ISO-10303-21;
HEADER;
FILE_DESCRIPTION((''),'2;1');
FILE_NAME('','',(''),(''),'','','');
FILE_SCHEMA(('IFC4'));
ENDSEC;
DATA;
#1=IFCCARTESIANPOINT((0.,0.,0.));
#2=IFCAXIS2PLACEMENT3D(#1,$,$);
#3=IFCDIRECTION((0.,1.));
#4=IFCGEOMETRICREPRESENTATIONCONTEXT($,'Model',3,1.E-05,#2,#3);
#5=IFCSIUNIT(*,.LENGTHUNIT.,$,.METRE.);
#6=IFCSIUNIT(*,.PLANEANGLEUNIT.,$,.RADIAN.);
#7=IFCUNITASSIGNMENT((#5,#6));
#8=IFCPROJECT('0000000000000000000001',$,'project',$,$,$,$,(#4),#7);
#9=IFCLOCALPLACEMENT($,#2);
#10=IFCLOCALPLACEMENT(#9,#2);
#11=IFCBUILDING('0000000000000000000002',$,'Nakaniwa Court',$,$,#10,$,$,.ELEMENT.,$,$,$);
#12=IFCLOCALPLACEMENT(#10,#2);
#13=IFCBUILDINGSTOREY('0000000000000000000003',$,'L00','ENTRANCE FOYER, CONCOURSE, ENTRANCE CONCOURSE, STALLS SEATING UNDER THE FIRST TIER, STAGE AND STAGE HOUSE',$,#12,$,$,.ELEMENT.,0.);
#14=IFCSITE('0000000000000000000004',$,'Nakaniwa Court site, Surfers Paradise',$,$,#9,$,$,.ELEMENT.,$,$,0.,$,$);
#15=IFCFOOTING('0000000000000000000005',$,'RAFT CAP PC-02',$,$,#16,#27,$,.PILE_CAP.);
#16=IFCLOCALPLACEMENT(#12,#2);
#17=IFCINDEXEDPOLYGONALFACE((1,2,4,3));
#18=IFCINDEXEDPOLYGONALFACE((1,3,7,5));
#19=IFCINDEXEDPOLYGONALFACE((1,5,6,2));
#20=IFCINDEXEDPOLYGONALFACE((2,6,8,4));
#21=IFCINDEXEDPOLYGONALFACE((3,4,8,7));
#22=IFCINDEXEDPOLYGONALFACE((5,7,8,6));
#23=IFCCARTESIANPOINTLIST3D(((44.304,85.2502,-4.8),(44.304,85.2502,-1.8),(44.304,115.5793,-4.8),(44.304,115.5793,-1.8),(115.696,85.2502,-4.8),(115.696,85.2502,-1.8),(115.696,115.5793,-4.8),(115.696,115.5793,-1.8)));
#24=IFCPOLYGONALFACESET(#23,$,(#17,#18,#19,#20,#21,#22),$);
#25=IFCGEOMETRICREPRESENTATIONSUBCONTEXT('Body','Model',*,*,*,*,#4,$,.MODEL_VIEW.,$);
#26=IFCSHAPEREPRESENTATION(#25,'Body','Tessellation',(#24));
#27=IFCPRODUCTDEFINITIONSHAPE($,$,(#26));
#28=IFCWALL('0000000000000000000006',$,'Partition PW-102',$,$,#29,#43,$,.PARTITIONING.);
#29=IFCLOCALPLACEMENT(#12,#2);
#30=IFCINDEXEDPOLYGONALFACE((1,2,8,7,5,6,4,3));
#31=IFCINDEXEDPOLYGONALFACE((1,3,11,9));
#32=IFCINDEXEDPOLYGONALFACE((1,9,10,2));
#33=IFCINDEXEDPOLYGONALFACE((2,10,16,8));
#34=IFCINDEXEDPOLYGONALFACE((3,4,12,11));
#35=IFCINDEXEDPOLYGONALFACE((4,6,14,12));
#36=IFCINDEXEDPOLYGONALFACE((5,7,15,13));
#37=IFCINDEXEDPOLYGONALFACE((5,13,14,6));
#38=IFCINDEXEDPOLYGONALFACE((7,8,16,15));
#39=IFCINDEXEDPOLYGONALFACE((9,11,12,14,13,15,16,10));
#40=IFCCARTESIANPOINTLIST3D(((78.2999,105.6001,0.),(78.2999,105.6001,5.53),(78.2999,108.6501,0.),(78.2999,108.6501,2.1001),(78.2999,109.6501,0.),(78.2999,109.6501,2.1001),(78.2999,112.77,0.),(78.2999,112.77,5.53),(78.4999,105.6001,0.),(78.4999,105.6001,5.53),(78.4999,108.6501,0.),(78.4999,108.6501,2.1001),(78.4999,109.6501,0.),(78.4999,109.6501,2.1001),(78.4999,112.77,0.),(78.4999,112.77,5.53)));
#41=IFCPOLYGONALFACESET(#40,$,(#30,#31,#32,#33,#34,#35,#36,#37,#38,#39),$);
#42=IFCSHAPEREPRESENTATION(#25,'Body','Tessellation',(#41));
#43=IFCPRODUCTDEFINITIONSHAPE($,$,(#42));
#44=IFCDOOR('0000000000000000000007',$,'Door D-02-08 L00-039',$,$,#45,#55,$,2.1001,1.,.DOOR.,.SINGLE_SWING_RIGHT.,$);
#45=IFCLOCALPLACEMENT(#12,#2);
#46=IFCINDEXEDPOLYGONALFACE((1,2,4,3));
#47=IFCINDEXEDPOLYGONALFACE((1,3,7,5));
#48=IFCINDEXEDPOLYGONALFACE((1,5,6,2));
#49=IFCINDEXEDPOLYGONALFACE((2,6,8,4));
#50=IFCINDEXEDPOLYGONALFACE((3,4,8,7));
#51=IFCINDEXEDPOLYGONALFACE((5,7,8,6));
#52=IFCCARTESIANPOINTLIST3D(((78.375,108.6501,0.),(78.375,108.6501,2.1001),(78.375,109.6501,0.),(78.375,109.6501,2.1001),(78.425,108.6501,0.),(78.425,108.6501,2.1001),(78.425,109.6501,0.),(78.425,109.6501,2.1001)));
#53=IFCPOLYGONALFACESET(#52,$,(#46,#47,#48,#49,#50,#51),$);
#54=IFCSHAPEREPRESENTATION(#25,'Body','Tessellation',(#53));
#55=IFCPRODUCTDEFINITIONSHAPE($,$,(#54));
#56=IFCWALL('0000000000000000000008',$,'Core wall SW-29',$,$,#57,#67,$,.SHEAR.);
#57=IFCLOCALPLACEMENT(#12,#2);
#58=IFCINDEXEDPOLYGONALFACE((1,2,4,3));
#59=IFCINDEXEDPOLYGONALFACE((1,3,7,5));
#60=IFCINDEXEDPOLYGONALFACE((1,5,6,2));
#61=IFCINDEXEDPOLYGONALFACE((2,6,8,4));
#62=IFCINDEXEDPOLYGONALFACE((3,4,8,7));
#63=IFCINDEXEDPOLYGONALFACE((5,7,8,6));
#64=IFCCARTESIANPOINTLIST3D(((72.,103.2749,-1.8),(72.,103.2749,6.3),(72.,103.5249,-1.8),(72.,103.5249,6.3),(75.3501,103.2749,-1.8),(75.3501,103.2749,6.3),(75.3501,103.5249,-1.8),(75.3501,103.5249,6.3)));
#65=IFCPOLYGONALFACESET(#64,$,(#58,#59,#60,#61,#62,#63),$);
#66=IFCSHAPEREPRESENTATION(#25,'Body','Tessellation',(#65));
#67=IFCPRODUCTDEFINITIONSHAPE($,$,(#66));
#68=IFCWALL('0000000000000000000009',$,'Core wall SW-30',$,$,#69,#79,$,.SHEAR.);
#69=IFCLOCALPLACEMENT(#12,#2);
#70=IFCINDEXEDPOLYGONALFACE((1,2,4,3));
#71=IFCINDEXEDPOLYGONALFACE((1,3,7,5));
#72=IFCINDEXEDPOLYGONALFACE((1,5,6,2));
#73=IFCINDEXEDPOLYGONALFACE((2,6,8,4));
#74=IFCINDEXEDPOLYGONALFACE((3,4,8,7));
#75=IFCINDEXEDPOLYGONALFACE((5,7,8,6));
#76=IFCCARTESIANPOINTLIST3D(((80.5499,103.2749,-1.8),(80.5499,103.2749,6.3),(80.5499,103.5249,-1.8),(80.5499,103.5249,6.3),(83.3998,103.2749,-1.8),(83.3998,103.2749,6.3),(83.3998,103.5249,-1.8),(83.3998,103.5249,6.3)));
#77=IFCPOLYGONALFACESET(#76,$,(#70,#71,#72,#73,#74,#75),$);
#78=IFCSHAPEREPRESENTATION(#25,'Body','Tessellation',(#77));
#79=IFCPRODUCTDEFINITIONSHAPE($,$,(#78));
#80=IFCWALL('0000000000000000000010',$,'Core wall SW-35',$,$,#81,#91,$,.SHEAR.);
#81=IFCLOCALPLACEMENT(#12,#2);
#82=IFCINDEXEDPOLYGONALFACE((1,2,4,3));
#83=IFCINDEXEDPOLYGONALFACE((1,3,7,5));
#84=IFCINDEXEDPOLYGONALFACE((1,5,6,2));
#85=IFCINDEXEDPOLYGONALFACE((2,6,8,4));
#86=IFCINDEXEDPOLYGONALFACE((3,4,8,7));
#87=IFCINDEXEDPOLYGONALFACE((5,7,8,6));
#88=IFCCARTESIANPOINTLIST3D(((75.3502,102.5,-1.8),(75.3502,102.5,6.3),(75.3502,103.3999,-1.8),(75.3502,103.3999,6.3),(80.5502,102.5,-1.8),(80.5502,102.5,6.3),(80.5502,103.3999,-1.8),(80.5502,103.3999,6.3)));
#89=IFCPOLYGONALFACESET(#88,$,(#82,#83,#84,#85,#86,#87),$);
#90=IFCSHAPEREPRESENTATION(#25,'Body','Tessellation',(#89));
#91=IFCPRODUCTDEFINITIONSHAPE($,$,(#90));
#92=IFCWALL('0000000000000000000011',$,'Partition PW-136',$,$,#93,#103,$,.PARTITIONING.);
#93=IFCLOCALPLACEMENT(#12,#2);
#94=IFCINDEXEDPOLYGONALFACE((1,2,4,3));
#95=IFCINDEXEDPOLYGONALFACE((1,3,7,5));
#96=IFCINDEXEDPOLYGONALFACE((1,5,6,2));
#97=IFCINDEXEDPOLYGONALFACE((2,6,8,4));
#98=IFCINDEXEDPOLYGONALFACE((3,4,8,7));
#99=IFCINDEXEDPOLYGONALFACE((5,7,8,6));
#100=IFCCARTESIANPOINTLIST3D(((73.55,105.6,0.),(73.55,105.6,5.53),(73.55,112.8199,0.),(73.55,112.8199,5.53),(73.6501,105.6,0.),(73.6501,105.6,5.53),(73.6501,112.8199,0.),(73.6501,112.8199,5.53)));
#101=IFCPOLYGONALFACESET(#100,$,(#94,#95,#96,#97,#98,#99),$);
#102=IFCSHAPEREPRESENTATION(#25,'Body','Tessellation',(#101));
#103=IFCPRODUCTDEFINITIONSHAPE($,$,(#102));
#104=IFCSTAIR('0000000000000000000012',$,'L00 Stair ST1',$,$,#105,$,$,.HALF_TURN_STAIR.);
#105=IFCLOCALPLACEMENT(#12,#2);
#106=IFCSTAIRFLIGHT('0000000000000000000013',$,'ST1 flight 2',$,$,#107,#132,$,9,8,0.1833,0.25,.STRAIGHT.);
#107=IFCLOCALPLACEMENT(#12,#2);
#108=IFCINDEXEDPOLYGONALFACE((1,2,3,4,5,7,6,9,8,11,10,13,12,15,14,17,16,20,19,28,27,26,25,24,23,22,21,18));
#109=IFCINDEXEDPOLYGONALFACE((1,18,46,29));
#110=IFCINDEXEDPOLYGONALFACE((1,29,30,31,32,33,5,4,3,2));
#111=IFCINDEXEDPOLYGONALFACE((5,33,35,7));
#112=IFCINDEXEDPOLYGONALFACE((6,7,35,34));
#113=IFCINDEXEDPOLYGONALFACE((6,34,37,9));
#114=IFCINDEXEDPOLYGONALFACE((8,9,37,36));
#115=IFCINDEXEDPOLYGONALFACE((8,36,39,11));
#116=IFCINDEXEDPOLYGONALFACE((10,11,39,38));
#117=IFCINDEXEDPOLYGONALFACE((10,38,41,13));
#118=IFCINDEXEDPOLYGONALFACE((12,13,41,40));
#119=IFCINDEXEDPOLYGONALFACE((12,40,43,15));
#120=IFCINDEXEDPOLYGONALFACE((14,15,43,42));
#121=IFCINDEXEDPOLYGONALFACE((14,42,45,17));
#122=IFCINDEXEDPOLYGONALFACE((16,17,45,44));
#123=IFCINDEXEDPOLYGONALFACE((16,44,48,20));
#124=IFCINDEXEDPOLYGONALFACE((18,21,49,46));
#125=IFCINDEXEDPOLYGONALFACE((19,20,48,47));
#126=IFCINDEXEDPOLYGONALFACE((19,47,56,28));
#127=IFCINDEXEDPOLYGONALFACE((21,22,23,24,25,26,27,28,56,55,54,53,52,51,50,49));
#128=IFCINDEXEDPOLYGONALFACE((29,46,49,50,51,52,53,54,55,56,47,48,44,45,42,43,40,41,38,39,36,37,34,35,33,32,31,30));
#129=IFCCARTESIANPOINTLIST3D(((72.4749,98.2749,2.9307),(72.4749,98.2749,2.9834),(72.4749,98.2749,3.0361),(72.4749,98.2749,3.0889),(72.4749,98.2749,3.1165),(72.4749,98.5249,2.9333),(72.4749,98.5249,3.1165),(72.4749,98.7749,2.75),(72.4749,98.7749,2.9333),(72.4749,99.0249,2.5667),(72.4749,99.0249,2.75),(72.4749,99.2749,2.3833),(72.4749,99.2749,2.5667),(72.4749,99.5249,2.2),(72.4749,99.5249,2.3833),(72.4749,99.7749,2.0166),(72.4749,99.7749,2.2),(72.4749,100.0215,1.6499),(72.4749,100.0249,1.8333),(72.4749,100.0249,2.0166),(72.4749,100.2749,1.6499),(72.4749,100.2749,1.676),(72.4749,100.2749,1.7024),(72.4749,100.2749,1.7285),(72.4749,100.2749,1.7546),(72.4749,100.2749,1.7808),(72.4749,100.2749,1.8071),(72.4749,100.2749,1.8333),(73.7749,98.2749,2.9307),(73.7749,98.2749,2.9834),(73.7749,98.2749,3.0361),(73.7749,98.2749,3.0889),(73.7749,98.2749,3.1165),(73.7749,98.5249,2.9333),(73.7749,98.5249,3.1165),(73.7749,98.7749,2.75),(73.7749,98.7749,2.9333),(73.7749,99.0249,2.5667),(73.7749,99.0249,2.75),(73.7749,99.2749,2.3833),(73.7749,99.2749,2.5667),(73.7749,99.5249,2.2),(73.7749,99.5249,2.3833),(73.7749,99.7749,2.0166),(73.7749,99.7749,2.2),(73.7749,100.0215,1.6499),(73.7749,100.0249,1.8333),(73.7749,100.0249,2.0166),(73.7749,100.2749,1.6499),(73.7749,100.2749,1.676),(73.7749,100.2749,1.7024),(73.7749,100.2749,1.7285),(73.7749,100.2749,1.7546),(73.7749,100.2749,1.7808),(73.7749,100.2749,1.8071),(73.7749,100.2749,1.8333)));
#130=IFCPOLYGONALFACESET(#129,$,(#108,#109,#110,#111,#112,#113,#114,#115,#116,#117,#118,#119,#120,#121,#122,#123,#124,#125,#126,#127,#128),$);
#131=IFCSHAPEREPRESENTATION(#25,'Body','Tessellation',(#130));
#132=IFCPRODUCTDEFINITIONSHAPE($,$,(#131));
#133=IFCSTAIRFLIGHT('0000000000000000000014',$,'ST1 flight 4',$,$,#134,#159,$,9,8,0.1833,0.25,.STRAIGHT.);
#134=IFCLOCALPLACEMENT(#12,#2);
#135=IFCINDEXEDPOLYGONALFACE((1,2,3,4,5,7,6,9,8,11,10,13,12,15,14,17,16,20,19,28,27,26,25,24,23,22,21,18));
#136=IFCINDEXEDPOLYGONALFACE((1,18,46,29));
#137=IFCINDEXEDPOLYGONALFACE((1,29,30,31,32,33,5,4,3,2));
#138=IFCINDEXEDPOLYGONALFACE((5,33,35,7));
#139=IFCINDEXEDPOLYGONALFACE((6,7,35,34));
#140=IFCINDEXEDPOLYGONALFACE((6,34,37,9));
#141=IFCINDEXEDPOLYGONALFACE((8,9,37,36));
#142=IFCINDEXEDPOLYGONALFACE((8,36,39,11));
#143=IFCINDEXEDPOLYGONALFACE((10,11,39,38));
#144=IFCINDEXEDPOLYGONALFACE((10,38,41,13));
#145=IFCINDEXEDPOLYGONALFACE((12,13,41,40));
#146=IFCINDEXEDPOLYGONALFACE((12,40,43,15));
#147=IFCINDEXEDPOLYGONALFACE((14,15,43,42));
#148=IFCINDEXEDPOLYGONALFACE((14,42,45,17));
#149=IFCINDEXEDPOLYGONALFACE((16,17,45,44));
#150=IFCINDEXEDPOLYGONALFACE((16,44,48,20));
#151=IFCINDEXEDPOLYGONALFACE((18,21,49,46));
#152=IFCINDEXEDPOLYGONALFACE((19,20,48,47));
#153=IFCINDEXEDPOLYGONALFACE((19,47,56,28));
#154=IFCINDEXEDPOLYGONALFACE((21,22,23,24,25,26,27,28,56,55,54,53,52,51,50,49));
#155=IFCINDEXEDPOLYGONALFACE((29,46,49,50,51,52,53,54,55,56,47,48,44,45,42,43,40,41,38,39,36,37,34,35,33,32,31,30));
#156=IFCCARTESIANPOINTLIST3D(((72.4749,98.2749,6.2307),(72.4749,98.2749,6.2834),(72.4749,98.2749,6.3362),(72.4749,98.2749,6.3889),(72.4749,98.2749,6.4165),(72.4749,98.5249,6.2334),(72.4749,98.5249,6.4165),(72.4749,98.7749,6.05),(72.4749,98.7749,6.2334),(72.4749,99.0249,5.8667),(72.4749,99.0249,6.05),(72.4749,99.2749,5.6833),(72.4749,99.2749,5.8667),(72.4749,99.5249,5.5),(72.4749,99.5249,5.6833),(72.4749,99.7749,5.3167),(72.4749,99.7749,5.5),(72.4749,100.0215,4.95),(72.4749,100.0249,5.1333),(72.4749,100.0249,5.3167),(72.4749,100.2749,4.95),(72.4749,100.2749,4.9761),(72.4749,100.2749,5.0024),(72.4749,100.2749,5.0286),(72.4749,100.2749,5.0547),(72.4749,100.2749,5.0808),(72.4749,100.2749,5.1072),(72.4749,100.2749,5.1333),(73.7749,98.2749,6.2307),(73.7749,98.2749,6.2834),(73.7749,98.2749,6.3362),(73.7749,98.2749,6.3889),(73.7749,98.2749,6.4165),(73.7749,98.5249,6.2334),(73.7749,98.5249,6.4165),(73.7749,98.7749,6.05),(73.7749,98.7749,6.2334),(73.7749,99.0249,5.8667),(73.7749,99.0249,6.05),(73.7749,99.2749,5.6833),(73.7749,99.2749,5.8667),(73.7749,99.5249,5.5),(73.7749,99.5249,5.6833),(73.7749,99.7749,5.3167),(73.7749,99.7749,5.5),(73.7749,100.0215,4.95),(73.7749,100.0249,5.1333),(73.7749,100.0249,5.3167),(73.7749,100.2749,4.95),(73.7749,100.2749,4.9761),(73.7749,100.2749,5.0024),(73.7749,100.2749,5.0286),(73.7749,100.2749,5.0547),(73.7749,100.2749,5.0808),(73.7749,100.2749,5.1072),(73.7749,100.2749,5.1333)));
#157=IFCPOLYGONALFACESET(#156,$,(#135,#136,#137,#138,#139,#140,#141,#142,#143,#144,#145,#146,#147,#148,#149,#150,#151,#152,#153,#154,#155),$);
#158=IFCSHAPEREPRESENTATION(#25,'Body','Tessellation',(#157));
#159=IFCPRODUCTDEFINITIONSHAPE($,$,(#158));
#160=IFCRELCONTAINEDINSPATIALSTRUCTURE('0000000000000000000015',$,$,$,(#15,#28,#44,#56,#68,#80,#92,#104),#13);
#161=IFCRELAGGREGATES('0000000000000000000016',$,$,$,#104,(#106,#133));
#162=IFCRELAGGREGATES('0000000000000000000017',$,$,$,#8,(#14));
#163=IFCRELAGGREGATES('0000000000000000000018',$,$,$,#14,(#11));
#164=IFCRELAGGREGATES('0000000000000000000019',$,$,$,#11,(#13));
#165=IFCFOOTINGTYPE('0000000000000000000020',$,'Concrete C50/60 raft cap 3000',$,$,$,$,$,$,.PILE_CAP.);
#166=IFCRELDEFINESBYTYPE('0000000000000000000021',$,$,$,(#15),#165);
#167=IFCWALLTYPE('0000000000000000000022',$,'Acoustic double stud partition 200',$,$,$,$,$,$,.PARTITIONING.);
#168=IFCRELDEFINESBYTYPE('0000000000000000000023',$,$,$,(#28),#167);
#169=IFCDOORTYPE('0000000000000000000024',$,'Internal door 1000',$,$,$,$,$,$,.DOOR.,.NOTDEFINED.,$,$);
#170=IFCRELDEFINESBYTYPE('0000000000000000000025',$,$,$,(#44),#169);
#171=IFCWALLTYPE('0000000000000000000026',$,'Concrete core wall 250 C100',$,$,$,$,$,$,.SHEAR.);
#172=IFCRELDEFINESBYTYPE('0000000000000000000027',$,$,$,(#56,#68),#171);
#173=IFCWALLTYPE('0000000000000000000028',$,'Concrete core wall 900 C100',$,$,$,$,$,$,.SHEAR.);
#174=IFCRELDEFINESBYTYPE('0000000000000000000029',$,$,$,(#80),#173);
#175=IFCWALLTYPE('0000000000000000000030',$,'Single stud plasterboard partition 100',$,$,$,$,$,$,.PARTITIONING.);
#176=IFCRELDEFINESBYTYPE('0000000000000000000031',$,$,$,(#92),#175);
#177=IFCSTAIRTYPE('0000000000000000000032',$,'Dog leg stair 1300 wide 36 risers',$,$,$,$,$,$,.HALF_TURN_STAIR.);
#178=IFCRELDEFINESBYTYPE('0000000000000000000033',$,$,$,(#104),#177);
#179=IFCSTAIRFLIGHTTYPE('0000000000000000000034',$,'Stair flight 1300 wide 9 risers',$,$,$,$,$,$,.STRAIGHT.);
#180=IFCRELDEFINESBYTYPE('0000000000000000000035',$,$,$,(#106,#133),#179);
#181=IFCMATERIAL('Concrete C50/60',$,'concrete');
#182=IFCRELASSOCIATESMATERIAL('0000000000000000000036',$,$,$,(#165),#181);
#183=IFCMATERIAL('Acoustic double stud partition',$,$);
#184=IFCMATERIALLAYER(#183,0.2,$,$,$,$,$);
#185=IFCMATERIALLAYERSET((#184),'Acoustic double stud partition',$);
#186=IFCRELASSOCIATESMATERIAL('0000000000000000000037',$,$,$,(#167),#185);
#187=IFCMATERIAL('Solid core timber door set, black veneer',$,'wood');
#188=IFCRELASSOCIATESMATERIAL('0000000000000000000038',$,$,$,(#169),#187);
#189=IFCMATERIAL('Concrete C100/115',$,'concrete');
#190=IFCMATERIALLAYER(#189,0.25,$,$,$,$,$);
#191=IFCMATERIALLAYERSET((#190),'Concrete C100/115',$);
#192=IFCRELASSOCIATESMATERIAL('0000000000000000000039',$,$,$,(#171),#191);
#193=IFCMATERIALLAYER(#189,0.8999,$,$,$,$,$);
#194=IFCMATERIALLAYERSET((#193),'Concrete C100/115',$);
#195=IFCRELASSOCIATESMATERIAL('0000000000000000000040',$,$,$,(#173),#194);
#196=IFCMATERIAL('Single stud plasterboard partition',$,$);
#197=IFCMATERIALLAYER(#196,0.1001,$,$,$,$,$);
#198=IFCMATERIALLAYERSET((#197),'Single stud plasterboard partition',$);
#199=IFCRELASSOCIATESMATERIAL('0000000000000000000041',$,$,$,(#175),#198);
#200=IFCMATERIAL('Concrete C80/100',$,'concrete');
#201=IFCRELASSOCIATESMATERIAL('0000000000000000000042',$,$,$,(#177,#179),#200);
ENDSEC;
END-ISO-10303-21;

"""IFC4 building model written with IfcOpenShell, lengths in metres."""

from ifc_helpers import new_model, si_unit, direction, frame, frame_2d, origin, origin_2d, place, context, subcontext, project, spatial, polyline, rectangle, outline, extrude, material, layer, layer_set, type_object, element, fill, aggregate, save


model = new_model("IFC4")

# Units and contexts
model_context = context("Model", 3, precision=1e-05, world=origin(), true_north=direction((0.0, 1.0)))
body_context = subcontext(model_context, "Body", "Model", "MODEL_VIEW")
ifc_project = project(units=[si_unit("LENGTHUNIT", "METRE"), si_unit("PLANEANGLEUNIT", "RADIAN")], contexts=[model_context])

# Site, building, storey
site_placement = place(None, origin())
site = spatial("IfcSite", under=ifc_project, at=site_placement, Name="Nakaniwa Court site, Surfers Paradise", CompositionType="ELEMENT", RefElevation=0.0)
building_placement = place(site_placement, origin())
building = spatial("IfcBuilding", under=site, at=building_placement, Name="Nakaniwa Court", CompositionType="ELEMENT")
storey_placement = place(building_placement, origin())
storey = spatial("IfcBuildingStorey", under=building, at=storey_placement, Name="L00", Description="ENTRANCE FOYER, CONCOURSE, ENTRANCE CONCOURSE, STALLS SEATING UNDER THE FIRST TIER, STAGE AND STAGE HOUSE", CompositionType="ELEMENT", Elevation=0.0)

# Shared definitions
ifc_material_1 = material(Name="Concrete C50/60", Category="concrete")

# Footing
footing_type = type_object("IfcFootingType", Name="Concrete C50/60 raft cap 3000", PredefinedType="PILE_CAP", material=ifc_material_1)
footing_placement = place(storey_placement, frame((80.0, 100.4148, -4.8), z_axis=(0.0, 0.0, 1.0), x_axis=(1.0, 0.0, 0.0)))
element("IfcFooting", 1, at=footing_placement, inside=storey, type_object=footing_type, Name="RAFT CAP PC-02", PredefinedType="PILE_CAP", context=body_context, shape_type="SweptSolid", body=[
    extrude(rectangle(XDim=71.3921, YDim=30.3291, at=origin_2d()), origin(), (0.0, 0.0, 1.0), 3.0),
])

# Wall, opening, door
ifc_material_2 = material(Name="Acoustic double stud partition")
ifc_layer_1 = layer(ifc_material_2, 0.2)
ifc_layer_set_1 = layer_set([ifc_layer_1], Name="Acoustic double stud partition")
wall_type_1 = type_object("IfcWallType", Name="Acoustic double stud partition 200", PredefinedType="PARTITIONING", material=ifc_layer_set_1)
wall_1_placement = place(storey_placement, frame((78.3999, 105.6001, 0.0), z_axis=(0.0, 0.0, 1.0), x_axis=(0.0, 1.0, 0.0)))
wall_1 = element("IfcWall", 2, at=wall_1_placement, inside=storey, type_object=wall_type_1, Name="Partition PW-102", PredefinedType="PARTITIONING", context=body_context, shape_type="SweptSolid", body=[
    extrude(rectangle(XDim=7.1699, YDim=0.2, at=frame_2d((3.585, 0.0))), origin(), (0.0, 0.0, 1.0), 5.53),
])
opening_placement = place(wall_1_placement, frame((3.05, 0.0, 0.0)))
opening = element("IfcOpeningElement", 3, at=opening_placement, cuts=wall_1, PredefinedType="OPENING", context=body_context, shape_type="SweptSolid", body=[
    extrude(rectangle(XDim=1.0, YDim=2.1001, at=frame_2d((0.5, 1.05))), frame((0.0, 0.1099, 0.0), z_axis=(0.0, -1.0, 0.0), x_axis=(1.0, 0.0, 0.0)), (0.0, 0.0, 1.0), 0.22),
])
ifc_material_3 = material(Name="Solid core timber door set, black veneer", Category="wood")
door_type = type_object("IfcDoorType", Name="Internal door 1000", OperationType="NOTDEFINED", PredefinedType="DOOR", material=ifc_material_3)
door_placement = place(opening_placement, origin())
door = element("IfcDoor", 4, at=door_placement, inside=storey, type_object=door_type, Name="Door D-02-08 L00-039", OperationType="SINGLE_SWING_RIGHT", OverallHeight=2.1001, OverallWidth=1.0, PredefinedType="DOOR", context=body_context, shape_type="SweptSolid", body=[
    extrude(rectangle(XDim=1.0, YDim=2.1001, at=frame_2d((0.5, 1.05))), frame((0.0, 0.0249, 0.0), z_axis=(0.0, -1.0, 0.0), x_axis=(1.0, 0.0, 0.0)), (0.0, 0.0, 1.0), 0.05),
])
fill(opening, door)

# Walls
ifc_material_4 = material(Name="Concrete C100/115", Category="concrete")
ifc_layer_2 = layer(ifc_material_4, 0.25)
ifc_layer_set_2 = layer_set([ifc_layer_2], Name="Concrete C100/115")
wall_type_2 = type_object("IfcWallType", Name="Concrete core wall 250 C100", PredefinedType="SHEAR", material=ifc_layer_set_2)
wall_2_placement = place(storey_placement, frame((72.0, 103.3999, -1.8), z_axis=(0.0, 0.0, 1.0), x_axis=(1.0, 0.0, 0.0)))
element("IfcWall", 5, at=wall_2_placement, inside=storey, type_object=wall_type_2, Name="Core wall SW-29", PredefinedType="SHEAR", context=body_context, shape_type="SweptSolid", body=[
    extrude(rectangle(XDim=3.3501, YDim=0.25, at=frame_2d((1.675, 0.0))), origin(), (0.0, 0.0, 1.0), 8.1001),
])
wall_3_placement = place(storey_placement, frame((80.55, 103.3999, -1.8), z_axis=(0.0, 0.0, 1.0), x_axis=(1.0, 0.0, 0.0)))
element("IfcWall", 6, at=wall_3_placement, inside=storey, type_object=wall_type_2, Name="Core wall SW-30", PredefinedType="SHEAR", context=body_context, shape_type="SweptSolid", body=[
    extrude(rectangle(XDim=2.8499, YDim=0.25, at=frame_2d((1.4248, 0.0))), origin(), (0.0, 0.0, 1.0), 8.1001),
])
ifc_layer_3 = layer(ifc_material_4, 0.8999)
ifc_layer_set_3 = layer_set([ifc_layer_3], Name="Concrete C100/115")
wall_type_3 = type_object("IfcWallType", Name="Concrete core wall 900 C100", PredefinedType="SHEAR", material=ifc_layer_set_3)
wall_4_placement = place(storey_placement, frame((75.3501, 102.95, -1.8), z_axis=(0.0, 0.0, 1.0), x_axis=(1.0, 0.0, 0.0)))
element("IfcWall", 7, at=wall_4_placement, inside=storey, type_object=wall_type_3, Name="Core wall SW-35", PredefinedType="SHEAR", context=body_context, shape_type="SweptSolid", body=[
    extrude(rectangle(XDim=5.2, YDim=0.8999, at=frame_2d((2.6001, 0.0))), origin(), (0.0, 0.0, 1.0), 8.1001),
])
ifc_material_5 = material(Name="Single stud plasterboard partition")
ifc_layer_4 = layer(ifc_material_5, 0.1001)
ifc_layer_set_4 = layer_set([ifc_layer_4], Name="Single stud plasterboard partition")
wall_type_4 = type_object("IfcWallType", Name="Single stud plasterboard partition 100", PredefinedType="PARTITIONING", material=ifc_layer_set_4)
wall_5_placement = place(storey_placement, frame((73.6001, 105.6001, 0.0), z_axis=(0.0, 0.0, 1.0), x_axis=(0.0, 1.0, 0.0)))
element("IfcWall", 8, at=wall_5_placement, inside=storey, type_object=wall_type_4, Name="Partition PW-136", PredefinedType="PARTITIONING", context=body_context, shape_type="SweptSolid", body=[
    extrude(rectangle(XDim=7.22, YDim=0.1001, at=frame_2d((3.6099, 0.0))), origin(), (0.0, 0.0, 1.0), 5.53),
])

# Stair, stair flights
ifc_material_6 = material(Name="Concrete C80/100", Category="concrete")
stair_type = type_object("IfcStairType", Name="Dog leg stair 1300 wide 36 risers", PredefinedType="HALF_TURN_STAIR", material=ifc_material_6)
stair_1_placement = place(storey_placement, origin())
stair_1 = element("IfcStair", 9, at=stair_1_placement, inside=storey, type_object=stair_type, Name="L00 Stair ST1", PredefinedType="HALF_TURN_STAIR")
stair_flight_type = type_object("IfcStairFlightType", Name="Stair flight 1300 wide 9 risers", PredefinedType="STRAIGHT", material=ifc_material_6)
stair_flight_1_placement = place(storey_placement, frame((73.125, 100.2749, 1.6499), z_axis=(0.0, 0.0, 1.0), x_axis=(0.0, -1.0, 0.0)))
stair_flight_1 = element("IfcStairFlight", 10, at=stair_flight_1_placement, type_object=stair_flight_type, Name="ST1 flight 2", NumberOfRisers=9, NumberOfTreads=8, PredefinedType="STRAIGHT", RiserHeight=0.1833, TreadLength=0.25, context=body_context, shape_type="SweptSolid", body=[
    extrude(outline(polyline([(0.0, 0.0), (0.0, 0.0261), (0.0, 0.0525), (0.0, 0.0786), (0.0, 0.1047), (0.0, 0.1309), (0.0, 0.1572), (0.0, 0.1833), (0.25, 0.1833), (0.25, 0.3667), (0.5, 0.3667), (0.5, 0.55), (0.75, 0.55), (0.75, 0.7334), (1.0, 0.7334), (1.0, 0.9167), (1.25, 0.9167), (1.25, 1.1001), (1.5, 1.1001), (1.5, 1.2834), (1.75, 1.2834), (1.75, 1.4666), (2.0, 1.4666), (2.0, 1.6499), (2.0, 1.5972), (2.0, 1.5444), (2.0, 1.4917), (2.0, 1.439), (2.0, 1.3862), (2.0, 1.3335), (2.0, 1.2808), (0.2534, 0.0), (0.0, 0.0)])), frame((0.0, 0.6499, 0.0), z_axis=(0.0, -1.0, 0.0), x_axis=(1.0, 0.0, 0.0)), (0.0, 0.0, 1.0), 1.3),
])
stair_flight_2_placement = place(storey_placement, frame((73.125, 100.2749, 4.95), z_axis=(0.0, 0.0, 1.0), x_axis=(0.0, -1.0, 0.0)))
stair_flight_2 = element("IfcStairFlight", 11, at=stair_flight_2_placement, type_object=stair_flight_type, Name="ST1 flight 4", NumberOfRisers=9, NumberOfTreads=8, PredefinedType="STRAIGHT", RiserHeight=0.1833, TreadLength=0.25, context=body_context, shape_type="SweptSolid", body=[
    extrude(outline(polyline([(0.0, 0.0), (0.0, 0.0261), (0.0, 0.0525), (0.0, 0.0786), (0.0, 0.1047), (0.0, 0.1309), (0.0, 0.1572), (0.0, 0.1833), (0.25, 0.1833), (0.25, 0.3667), (0.5, 0.3667), (0.5, 0.55), (0.75, 0.55), (0.75, 0.7334), (1.0, 0.7334), (1.0, 0.9167), (1.25, 0.9167), (1.25, 1.1001), (1.5, 1.1001), (1.5, 1.2834), (1.75, 1.2834), (1.75, 1.4666), (2.0, 1.4666), (2.0, 1.6499), (2.0, 1.5972), (2.0, 1.5444), (2.0, 1.4917), (2.0, 1.439), (2.0, 1.3862), (2.0, 1.3335), (2.0, 1.2808), (0.2534, 0.0), (0.0, 0.0)])), frame((0.0, 0.6499, 0.0), z_axis=(0.0, -1.0, 0.0), x_axis=(1.0, 0.0, 0.0)), (0.0, 0.0, 1.0), 1.3),
])
aggregate(stair_1, [stair_flight_1, stair_flight_2])

save(model, "model.ifc")
